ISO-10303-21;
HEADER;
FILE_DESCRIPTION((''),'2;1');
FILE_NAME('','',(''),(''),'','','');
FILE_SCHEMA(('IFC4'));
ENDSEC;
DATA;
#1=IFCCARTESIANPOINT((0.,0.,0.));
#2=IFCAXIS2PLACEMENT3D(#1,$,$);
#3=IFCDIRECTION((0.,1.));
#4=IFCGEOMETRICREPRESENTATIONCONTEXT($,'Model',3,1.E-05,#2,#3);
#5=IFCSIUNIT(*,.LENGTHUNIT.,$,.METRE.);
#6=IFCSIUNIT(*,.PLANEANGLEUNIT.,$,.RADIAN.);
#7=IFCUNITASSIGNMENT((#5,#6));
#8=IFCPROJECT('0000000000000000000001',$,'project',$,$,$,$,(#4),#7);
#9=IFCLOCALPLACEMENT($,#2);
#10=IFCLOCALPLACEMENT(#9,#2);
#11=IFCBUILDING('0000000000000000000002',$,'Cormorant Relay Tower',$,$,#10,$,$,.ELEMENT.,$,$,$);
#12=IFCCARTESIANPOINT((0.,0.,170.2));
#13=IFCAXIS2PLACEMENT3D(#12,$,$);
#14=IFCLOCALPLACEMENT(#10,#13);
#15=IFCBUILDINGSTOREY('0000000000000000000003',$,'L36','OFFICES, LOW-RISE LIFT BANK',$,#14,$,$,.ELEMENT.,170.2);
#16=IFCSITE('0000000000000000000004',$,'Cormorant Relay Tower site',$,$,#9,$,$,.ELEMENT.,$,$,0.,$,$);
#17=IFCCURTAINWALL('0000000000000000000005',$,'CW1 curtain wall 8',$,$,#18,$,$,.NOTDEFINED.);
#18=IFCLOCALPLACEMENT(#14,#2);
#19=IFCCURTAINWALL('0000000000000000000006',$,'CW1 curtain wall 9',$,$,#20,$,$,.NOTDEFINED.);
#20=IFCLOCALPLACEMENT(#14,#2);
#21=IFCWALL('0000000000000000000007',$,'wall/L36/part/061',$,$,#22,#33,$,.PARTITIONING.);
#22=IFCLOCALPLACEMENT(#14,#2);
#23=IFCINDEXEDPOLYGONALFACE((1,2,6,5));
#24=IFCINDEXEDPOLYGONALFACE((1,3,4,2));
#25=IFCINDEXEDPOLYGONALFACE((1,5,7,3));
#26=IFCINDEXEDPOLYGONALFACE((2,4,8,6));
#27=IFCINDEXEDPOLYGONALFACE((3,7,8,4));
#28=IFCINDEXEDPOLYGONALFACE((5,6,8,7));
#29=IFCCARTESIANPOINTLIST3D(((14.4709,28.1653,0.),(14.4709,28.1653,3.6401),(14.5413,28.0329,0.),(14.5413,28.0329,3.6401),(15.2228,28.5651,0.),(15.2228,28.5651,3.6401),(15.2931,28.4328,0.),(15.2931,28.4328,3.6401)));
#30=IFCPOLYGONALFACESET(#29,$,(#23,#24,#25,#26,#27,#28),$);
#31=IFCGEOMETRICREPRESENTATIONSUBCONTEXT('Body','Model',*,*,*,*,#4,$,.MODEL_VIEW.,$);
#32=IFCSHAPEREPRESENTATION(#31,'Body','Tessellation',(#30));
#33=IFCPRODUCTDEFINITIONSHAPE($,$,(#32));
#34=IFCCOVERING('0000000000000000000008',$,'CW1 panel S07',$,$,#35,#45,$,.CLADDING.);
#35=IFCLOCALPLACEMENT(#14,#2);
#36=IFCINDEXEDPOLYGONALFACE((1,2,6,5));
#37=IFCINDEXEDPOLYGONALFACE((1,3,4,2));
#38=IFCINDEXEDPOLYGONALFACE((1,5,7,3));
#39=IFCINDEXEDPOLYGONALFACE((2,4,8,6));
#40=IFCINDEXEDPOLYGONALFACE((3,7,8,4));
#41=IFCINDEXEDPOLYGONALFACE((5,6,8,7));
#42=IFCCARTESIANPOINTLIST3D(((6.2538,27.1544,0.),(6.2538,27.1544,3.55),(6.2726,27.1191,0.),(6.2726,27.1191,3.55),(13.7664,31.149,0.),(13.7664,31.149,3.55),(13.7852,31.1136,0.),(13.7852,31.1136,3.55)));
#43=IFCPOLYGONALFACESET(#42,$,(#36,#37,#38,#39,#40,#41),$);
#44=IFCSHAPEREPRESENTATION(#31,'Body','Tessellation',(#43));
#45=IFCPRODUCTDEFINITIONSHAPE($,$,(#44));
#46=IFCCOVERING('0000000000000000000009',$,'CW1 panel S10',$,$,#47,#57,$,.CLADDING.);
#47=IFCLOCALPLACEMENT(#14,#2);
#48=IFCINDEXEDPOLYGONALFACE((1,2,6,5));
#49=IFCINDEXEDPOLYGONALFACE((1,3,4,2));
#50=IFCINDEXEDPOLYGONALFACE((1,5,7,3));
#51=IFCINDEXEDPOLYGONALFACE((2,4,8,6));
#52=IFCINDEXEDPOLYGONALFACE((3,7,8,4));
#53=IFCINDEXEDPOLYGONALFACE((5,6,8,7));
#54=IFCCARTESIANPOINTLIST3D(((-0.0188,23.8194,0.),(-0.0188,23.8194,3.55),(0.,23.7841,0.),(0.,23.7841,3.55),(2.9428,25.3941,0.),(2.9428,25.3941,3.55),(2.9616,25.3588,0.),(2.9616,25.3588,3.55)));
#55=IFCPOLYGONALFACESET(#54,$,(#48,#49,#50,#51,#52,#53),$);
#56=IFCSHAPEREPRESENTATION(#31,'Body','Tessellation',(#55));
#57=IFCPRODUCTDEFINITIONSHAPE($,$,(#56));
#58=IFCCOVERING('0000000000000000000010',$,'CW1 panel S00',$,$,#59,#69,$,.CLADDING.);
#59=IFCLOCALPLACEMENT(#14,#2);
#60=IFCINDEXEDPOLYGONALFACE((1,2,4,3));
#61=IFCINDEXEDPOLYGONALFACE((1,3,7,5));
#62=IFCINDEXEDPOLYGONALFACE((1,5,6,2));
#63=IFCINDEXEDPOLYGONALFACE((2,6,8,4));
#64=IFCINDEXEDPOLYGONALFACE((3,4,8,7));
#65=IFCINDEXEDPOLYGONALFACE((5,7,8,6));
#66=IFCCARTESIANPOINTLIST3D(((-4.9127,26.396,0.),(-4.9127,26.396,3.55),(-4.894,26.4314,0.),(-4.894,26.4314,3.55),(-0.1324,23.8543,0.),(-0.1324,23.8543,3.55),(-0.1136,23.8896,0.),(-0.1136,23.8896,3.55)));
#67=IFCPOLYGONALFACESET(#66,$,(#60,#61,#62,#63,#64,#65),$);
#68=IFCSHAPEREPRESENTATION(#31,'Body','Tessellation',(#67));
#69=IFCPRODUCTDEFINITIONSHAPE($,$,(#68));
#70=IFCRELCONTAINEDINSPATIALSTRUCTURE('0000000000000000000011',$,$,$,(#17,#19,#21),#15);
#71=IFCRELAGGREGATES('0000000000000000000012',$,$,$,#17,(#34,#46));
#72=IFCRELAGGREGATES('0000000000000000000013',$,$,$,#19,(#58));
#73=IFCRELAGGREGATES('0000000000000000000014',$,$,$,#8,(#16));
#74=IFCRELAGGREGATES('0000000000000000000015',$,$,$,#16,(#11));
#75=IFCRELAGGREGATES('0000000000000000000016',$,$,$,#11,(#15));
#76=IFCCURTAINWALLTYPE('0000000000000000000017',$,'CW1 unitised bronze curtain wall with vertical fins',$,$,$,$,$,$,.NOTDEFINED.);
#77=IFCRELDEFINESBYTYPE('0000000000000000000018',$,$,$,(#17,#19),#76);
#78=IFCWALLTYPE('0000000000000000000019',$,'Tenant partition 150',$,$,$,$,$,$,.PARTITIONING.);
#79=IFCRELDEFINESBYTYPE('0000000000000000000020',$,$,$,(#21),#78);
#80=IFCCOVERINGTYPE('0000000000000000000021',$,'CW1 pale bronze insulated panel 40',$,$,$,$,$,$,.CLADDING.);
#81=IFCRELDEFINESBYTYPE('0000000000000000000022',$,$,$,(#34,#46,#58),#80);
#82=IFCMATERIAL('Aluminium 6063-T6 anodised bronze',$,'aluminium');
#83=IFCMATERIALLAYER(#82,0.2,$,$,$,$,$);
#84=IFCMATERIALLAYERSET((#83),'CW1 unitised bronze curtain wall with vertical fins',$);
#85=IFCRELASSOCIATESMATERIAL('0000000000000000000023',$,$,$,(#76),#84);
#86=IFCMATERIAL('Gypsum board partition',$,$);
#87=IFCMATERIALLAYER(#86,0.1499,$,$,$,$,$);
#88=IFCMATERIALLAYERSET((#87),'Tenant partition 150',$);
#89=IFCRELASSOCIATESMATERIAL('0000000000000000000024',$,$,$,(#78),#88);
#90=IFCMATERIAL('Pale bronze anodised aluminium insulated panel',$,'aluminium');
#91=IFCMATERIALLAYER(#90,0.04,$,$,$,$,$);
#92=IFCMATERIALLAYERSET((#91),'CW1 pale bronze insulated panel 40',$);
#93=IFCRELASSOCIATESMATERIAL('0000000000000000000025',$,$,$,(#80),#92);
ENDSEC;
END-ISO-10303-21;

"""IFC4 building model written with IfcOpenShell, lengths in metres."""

from ifc_helpers import new_model, si_unit, direction, frame, frame_2d, origin, origin_2d, place, context, subcontext, project, spatial, rectangle, extrude, material, layer, layer_set, type_object, element, aggregate, save


model = new_model("IFC4")

# Units and contexts
model_context = context("Model", 3, precision=1e-05, world=origin(), true_north=direction((0.0, 1.0)))
body_context = subcontext(model_context, "Body", "Model", "MODEL_VIEW")
ifc_project = project(units=[si_unit("LENGTHUNIT", "METRE"), si_unit("PLANEANGLEUNIT", "RADIAN")], contexts=[model_context])

# Site, building, storey
site_placement = place(None, origin())
site = spatial("IfcSite", under=ifc_project, at=site_placement, Name="Cormorant Relay Tower site", CompositionType="ELEMENT", RefElevation=0.0)
building_placement = place(site_placement, origin())
building = spatial("IfcBuilding", under=site, at=building_placement, Name="Cormorant Relay Tower", CompositionType="ELEMENT")
storey_placement = place(building_placement, frame((0.0, 0.0, 170.2)))
storey = spatial("IfcBuildingStorey", under=building, at=storey_placement, Name="L36", Description="OFFICES, LOW-RISE LIFT BANK", CompositionType="ELEMENT", Elevation=170.2)

# Curtain walls
ifc_material_1 = material(Name="Aluminium 6063-T6 anodised bronze", Category="aluminium")
ifc_layer_1 = layer(ifc_material_1, 0.2)
ifc_layer_set_1 = layer_set([ifc_layer_1], Name="CW1 unitised bronze curtain wall with vertical fins")
curtain_wall_type = type_object("IfcCurtainWallType", Name="CW1 unitised bronze curtain wall with vertical fins", PredefinedType="NOTDEFINED", material=ifc_layer_set_1)
curtain_wall_1_placement = place(storey_placement, origin())
curtain_wall_1 = element("IfcCurtainWall", 1, at=curtain_wall_1_placement, inside=storey, type_object=curtain_wall_type, Name="CW1 curtain wall 8", PredefinedType="NOTDEFINED")
curtain_wall_2_placement = place(storey_placement, origin())
curtain_wall_2 = element("IfcCurtainWall", 2, at=curtain_wall_2_placement, inside=storey, type_object=curtain_wall_type, Name="CW1 curtain wall 9", PredefinedType="NOTDEFINED")

# Wall
ifc_material_2 = material(Name="Gypsum board partition")
ifc_layer_2 = layer(ifc_material_2, 0.1499)
ifc_layer_set_2 = layer_set([ifc_layer_2], Name="Tenant partition 150")
wall_type_1 = type_object("IfcWallType", Name="Tenant partition 150", PredefinedType="PARTITIONING", material=ifc_layer_set_2)
wall_1_placement = place(storey_placement, frame((14.5061, 28.0991, 0.0), z_axis=(0.0, 0.0, 1.0), x_axis=(0.882908, 0.469546, 0.0)))
element("IfcWall", 3, at=wall_1_placement, inside=storey, type_object=wall_type_1, Name="wall/L36/part/061", PredefinedType="PARTITIONING", context=body_context, shape_type="SweptSolid", body=[
    extrude(rectangle(XDim=0.8516, YDim=0.1499, at=frame_2d((0.4258, 0.0))), origin(), (0.0, 0.0, 1.0), 3.6401),
])

# Coverings
ifc_material_3 = material(Name="Pale bronze anodised aluminium insulated panel", Category="aluminium")
ifc_layer_3 = layer(ifc_material_3, 0.04)
ifc_layer_set_3 = layer_set([ifc_layer_3], Name="CW1 pale bronze insulated panel 40")
covering_type = type_object("IfcCoveringType", Name="CW1 pale bronze insulated panel 40", PredefinedType="CLADDING", material=ifc_layer_set_3)
covering_1_placement = place(storey_placement, frame((10.0195, 29.134, 0.0), z_axis=(0.0, 0.0, 1.0), x_axis=(-0.882948, -0.469472, 0.0)))
covering_1 = element("IfcCovering", 4, at=covering_1_placement, type_object=covering_type, Name="CW1 panel S07", PredefinedType="CLADDING", context=body_context, shape_type="SweptSolid", body=[
    extrude(rectangle(XDim=8.5085, YDim=0.04, at=origin_2d()), origin(), (0.0, 0.0, 1.0), 3.55),
])
covering_2_placement = place(storey_placement, frame((1.4714, 24.5891, 0.0), z_axis=(0.0, 0.0, 1.0), x_axis=(-0.882948, -0.469472, 0.0)))
covering_2 = element("IfcCovering", 5, at=covering_2_placement, type_object=covering_type, Name="CW1 panel S10", PredefinedType="CLADDING", context=body_context, shape_type="SweptSolid", body=[
    extrude(rectangle(XDim=3.3542, YDim=0.04, at=origin_2d()), origin(), (0.0, 0.0, 1.0), 3.55),
])
aggregate(curtain_wall_1, [covering_1, covering_2])
covering_3_placement = place(storey_placement, frame((-2.5132, 25.1428, 0.0), z_axis=(0.0, 0.0, 1.0), x_axis=(-0.882948, 0.469472, 0.0)))
covering_3 = element("IfcCovering", 6, at=covering_3_placement, type_object=covering_type, Name="CW1 panel S00", PredefinedType="CLADDING", context=body_context, shape_type="SweptSolid", body=[
    extrude(rectangle(XDim=5.4141, YDim=0.04, at=origin_2d()), origin(), (0.0, 0.0, 1.0), 3.55),
])
aggregate(curtain_wall_2, [covering_3])

save(model, "model.ifc")
